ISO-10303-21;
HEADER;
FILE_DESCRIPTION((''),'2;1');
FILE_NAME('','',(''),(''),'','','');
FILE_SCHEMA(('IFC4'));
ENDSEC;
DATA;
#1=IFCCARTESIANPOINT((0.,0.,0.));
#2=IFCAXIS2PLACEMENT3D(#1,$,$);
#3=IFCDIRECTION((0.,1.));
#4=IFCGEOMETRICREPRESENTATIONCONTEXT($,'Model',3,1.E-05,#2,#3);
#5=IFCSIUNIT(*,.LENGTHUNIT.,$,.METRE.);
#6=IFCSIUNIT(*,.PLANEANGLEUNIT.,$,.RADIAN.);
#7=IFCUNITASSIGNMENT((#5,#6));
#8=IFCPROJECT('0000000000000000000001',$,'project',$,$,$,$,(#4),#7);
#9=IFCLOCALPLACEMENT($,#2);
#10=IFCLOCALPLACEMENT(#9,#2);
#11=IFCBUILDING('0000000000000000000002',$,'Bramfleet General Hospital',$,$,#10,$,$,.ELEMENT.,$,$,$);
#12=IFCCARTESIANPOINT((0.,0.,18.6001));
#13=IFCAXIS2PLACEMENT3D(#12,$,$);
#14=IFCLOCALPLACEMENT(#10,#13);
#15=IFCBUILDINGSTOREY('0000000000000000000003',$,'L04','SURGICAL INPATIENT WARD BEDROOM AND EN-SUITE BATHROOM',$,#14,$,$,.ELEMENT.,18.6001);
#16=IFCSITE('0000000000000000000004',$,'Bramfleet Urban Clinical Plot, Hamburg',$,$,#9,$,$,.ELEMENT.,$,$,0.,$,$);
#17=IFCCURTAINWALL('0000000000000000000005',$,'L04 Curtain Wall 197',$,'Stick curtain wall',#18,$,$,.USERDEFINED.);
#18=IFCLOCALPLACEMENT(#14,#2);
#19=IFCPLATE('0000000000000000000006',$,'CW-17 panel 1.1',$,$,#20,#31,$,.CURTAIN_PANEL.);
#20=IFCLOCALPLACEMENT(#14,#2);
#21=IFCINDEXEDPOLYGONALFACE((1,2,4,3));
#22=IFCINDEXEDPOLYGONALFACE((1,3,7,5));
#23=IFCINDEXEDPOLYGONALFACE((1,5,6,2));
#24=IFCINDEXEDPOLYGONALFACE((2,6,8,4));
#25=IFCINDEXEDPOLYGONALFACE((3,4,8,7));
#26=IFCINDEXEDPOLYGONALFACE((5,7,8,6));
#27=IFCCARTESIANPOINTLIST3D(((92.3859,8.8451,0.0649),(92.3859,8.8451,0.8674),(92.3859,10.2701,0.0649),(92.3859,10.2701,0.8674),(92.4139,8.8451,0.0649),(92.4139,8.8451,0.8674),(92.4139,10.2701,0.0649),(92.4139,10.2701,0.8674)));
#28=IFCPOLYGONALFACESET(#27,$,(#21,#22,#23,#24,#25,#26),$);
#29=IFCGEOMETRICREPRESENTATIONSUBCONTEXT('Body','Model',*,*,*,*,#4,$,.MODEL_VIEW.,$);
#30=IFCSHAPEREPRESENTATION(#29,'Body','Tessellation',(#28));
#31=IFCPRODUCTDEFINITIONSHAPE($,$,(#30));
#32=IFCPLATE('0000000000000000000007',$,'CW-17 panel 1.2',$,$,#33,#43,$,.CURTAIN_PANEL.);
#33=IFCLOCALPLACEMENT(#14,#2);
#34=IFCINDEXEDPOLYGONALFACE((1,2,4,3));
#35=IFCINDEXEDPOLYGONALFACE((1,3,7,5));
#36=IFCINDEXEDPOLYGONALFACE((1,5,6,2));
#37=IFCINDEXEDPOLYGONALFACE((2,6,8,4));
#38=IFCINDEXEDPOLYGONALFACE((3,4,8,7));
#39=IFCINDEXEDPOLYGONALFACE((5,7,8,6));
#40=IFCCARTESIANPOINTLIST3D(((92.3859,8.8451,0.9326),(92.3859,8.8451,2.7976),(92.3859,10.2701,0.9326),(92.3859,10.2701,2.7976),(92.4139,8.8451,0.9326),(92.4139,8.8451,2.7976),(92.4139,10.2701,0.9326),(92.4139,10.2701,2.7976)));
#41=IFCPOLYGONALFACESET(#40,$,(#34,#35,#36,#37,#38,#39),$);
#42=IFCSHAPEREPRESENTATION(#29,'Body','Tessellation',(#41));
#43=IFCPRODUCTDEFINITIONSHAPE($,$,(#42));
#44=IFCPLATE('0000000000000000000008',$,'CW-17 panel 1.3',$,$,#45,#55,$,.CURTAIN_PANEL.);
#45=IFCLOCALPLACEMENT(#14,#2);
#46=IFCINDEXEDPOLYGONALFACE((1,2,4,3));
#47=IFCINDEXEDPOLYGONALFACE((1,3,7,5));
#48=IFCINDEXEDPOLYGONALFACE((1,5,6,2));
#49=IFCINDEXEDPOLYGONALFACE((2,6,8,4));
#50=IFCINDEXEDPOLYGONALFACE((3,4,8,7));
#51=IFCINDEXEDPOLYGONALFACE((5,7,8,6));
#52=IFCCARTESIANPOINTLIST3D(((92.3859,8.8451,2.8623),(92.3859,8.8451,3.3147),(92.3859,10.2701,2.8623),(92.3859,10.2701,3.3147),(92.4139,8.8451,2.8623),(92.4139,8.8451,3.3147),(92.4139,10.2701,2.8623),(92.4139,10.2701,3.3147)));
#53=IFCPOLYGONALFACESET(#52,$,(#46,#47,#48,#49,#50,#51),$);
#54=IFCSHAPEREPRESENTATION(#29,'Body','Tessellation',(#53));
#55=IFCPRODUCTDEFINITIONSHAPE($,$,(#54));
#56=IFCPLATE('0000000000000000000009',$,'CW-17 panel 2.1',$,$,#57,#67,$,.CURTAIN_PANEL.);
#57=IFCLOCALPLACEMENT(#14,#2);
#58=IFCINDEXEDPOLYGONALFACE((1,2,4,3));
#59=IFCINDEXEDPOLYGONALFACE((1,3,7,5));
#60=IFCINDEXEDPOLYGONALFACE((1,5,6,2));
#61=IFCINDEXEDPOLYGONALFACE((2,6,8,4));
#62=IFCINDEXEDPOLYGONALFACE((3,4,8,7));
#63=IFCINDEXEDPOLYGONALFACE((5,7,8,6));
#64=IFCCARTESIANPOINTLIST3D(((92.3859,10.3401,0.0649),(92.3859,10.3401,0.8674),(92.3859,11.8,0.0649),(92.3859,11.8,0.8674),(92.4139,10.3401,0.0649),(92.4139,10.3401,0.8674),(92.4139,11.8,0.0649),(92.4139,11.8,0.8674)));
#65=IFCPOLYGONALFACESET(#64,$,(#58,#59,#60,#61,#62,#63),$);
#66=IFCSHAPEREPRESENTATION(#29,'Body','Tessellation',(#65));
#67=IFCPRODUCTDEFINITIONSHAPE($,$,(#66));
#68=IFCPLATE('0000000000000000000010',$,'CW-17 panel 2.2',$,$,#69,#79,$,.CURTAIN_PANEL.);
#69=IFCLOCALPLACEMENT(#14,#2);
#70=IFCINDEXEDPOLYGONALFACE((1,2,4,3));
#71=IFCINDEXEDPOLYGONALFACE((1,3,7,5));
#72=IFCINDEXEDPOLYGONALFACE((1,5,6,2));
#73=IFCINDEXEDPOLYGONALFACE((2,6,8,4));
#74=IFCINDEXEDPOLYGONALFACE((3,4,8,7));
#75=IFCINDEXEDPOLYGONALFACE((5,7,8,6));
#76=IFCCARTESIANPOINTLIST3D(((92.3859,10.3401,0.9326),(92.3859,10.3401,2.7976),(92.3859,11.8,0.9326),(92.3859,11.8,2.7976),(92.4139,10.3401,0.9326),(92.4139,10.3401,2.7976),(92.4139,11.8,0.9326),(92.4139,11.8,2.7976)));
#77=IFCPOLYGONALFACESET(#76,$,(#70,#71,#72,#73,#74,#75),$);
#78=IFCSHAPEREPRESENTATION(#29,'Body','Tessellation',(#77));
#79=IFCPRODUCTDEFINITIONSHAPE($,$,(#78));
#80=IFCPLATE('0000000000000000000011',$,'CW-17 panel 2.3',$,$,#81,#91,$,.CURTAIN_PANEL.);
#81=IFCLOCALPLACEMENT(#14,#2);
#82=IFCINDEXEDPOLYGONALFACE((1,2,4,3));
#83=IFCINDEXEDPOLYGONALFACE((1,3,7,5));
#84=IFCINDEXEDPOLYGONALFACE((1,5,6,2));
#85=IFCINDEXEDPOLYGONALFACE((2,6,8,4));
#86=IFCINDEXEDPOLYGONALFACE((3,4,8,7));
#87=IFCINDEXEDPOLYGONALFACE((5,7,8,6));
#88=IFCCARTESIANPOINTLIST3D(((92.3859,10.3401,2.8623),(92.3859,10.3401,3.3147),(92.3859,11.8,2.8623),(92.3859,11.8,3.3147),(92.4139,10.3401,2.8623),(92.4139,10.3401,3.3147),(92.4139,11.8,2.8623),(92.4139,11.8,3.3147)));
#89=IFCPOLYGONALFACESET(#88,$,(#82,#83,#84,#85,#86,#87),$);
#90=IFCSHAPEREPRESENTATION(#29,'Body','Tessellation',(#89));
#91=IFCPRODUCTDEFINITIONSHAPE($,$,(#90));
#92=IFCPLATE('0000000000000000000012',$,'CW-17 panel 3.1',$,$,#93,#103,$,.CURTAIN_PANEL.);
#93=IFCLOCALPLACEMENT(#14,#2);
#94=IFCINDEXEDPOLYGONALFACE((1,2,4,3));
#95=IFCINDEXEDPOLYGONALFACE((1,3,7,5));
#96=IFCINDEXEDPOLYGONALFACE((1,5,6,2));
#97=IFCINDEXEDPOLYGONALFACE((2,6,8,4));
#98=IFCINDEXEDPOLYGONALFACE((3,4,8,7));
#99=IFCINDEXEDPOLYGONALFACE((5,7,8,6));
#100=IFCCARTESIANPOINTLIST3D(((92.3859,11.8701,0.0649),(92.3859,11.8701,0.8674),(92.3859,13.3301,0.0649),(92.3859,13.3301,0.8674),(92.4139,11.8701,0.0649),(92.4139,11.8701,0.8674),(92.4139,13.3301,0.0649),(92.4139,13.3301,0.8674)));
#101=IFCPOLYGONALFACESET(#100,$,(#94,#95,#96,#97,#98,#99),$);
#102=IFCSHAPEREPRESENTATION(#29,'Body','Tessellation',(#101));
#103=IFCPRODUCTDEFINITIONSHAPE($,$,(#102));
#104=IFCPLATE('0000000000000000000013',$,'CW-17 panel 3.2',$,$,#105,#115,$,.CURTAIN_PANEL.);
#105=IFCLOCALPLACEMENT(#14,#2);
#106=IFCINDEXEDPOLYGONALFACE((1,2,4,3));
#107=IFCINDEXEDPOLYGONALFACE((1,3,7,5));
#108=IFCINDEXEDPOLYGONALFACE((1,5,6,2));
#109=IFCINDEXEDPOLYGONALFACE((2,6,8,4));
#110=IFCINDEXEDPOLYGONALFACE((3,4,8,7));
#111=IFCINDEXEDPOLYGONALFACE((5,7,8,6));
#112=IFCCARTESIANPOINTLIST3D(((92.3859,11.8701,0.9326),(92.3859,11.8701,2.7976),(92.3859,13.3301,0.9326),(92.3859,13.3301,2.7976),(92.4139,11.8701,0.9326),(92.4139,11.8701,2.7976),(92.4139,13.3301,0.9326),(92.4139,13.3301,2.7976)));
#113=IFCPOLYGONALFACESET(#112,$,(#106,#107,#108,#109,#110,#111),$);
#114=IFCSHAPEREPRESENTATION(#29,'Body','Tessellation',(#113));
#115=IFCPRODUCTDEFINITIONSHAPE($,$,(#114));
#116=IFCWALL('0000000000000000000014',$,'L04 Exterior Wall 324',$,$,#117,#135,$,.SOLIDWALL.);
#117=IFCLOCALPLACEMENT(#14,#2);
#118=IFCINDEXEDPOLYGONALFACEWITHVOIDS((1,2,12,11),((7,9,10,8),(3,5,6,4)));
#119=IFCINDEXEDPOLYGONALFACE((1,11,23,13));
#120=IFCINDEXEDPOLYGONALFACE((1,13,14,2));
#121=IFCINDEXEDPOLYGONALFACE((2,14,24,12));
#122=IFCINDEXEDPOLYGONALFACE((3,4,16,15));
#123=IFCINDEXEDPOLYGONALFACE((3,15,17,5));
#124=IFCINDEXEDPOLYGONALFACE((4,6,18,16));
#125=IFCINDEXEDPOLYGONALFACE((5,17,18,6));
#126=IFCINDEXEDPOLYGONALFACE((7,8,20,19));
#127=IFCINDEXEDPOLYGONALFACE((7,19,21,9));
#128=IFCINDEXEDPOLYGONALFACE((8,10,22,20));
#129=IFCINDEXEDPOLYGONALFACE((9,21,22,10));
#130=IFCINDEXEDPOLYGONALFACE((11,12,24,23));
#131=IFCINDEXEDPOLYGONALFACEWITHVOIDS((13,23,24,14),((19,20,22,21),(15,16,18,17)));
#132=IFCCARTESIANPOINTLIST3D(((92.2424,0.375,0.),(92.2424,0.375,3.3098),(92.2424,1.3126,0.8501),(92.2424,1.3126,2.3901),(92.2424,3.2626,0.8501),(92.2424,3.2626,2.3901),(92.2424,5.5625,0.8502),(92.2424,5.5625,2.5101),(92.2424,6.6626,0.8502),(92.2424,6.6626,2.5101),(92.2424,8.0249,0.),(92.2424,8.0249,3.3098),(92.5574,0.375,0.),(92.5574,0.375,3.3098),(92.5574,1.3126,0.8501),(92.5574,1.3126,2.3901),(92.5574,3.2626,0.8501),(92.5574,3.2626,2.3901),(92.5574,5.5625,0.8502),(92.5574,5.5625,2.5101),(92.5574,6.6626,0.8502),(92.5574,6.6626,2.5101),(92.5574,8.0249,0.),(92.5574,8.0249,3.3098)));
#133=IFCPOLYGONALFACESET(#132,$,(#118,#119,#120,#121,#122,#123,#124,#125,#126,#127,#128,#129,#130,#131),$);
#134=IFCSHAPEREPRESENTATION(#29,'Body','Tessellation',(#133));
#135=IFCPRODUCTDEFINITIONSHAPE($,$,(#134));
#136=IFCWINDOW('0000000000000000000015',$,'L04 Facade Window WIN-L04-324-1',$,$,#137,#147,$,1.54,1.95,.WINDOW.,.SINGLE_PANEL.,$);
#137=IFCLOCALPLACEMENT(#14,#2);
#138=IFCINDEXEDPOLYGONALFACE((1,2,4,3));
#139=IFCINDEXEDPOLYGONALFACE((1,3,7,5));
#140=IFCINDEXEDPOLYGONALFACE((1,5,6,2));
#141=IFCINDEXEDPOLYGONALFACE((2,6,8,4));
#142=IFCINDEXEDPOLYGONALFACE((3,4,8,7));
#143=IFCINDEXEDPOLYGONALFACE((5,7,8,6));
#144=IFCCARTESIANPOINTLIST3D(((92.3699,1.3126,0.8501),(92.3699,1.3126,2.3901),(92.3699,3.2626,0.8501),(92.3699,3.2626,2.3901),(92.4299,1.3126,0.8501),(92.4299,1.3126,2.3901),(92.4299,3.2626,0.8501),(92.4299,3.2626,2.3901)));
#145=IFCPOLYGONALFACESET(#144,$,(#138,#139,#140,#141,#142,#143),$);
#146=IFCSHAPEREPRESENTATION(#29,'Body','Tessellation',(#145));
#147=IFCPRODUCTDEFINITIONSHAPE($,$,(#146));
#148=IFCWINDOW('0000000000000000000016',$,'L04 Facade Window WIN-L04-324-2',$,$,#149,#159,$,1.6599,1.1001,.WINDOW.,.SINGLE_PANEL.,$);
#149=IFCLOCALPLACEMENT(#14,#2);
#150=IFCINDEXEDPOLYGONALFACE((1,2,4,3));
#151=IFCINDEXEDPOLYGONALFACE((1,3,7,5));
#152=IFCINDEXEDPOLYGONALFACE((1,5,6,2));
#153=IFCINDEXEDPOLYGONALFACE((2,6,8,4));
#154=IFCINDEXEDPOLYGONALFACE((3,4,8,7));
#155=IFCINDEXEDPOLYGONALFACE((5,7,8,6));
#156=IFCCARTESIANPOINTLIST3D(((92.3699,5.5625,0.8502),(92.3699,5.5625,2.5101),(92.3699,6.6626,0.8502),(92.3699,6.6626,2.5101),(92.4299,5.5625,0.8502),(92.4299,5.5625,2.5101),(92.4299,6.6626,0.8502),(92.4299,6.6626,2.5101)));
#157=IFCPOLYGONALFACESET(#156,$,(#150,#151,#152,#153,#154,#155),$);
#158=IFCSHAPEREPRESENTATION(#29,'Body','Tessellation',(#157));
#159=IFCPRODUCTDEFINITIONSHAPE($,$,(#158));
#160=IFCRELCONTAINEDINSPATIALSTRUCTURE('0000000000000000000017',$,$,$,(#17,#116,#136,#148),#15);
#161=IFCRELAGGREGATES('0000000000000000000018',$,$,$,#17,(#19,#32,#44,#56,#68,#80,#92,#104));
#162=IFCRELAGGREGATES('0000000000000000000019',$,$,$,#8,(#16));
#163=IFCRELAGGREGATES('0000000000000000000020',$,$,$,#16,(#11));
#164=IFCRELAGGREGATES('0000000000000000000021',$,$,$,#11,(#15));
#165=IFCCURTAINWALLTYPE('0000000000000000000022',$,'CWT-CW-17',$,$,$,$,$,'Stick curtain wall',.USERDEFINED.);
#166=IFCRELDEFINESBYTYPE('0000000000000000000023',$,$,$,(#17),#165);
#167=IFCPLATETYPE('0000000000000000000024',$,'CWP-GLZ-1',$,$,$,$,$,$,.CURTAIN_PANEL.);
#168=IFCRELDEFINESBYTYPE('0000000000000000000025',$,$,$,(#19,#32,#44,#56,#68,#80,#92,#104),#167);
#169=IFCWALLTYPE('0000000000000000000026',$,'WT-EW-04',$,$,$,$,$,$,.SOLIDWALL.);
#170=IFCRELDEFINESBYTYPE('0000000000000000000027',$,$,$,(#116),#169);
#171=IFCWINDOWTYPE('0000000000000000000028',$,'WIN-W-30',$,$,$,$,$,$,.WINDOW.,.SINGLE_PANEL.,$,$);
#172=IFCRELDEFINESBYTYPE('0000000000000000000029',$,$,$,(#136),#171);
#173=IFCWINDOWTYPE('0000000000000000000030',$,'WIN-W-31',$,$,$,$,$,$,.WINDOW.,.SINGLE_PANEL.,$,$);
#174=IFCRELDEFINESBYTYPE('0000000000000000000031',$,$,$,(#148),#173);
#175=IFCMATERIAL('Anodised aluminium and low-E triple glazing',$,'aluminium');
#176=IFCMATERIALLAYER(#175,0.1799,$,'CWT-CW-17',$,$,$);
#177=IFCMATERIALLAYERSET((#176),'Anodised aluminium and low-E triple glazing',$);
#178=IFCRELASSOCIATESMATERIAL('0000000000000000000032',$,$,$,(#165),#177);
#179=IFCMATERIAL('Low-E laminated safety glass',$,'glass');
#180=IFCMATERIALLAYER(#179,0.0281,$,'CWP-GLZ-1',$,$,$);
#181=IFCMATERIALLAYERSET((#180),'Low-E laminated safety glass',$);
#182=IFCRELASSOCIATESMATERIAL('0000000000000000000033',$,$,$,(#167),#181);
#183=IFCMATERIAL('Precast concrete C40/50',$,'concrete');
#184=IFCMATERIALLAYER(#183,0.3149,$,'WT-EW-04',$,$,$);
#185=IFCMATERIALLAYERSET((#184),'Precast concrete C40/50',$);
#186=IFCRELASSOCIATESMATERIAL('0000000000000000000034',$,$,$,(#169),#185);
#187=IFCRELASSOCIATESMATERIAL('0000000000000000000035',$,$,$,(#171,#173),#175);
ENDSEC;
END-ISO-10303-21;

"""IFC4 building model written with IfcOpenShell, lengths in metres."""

from ifc_helpers import new_model, si_unit, direction, frame, frame_2d, origin, origin_2d, place, context, subcontext, project, spatial, rectangle, extrude, material, layer, layer_set, type_object, element, fill, aggregate, save


model = new_model("IFC4")

# Units and contexts
model_context = context("Model", 3, precision=1e-05, world=origin(), true_north=direction((0.0, 1.0)))
body_context = subcontext(model_context, "Body", "Model", "MODEL_VIEW")
ifc_project = project(units=[si_unit("LENGTHUNIT", "METRE"), si_unit("PLANEANGLEUNIT", "RADIAN")], contexts=[model_context])

# Site, building, storey
site_placement = place(None, origin())
site = spatial("IfcSite", under=ifc_project, at=site_placement, Name="Bramfleet Urban Clinical Plot, Hamburg", CompositionType="ELEMENT", RefElevation=0.0)
building_placement = place(site_placement, origin())
building = spatial("IfcBuilding", under=site, at=building_placement, Name="Bramfleet General Hospital", CompositionType="ELEMENT")
storey_placement = place(building_placement, frame((0.0, 0.0, 18.6001)))
storey = spatial("IfcBuildingStorey", under=building, at=storey_placement, Name="L04", Description="SURGICAL INPATIENT WARD BEDROOM AND EN-SUITE BATHROOM", CompositionType="ELEMENT", Elevation=18.6001)

# Curtain wall, plates
ifc_material_1 = material(Name="Anodised aluminium and low-E triple glazing", Category="aluminium")
ifc_layer_1 = layer(ifc_material_1, 0.1799, Name="CWT-CW-17")
ifc_layer_set_1 = layer_set([ifc_layer_1], Name="Anodised aluminium and low-E triple glazing")
curtain_wall_type = type_object("IfcCurtainWallType", Name="CWT-CW-17", ElementType="Stick curtain wall", PredefinedType="USERDEFINED", material=ifc_layer_set_1)
curtain_wall_placement = place(storey_placement, origin())
curtain_wall = element("IfcCurtainWall", 1, at=curtain_wall_placement, inside=storey, type_object=curtain_wall_type, Name="L04 Curtain Wall 197", ObjectType="Stick curtain wall", PredefinedType="USERDEFINED")
ifc_material_2 = material(Name="Low-E laminated safety glass", Category="glass")
ifc_layer_2 = layer(ifc_material_2, 0.0281, Name="CWP-GLZ-1")
ifc_layer_set_2 = layer_set([ifc_layer_2], Name="Low-E laminated safety glass")
plate_type = type_object("IfcPlateType", Name="CWP-GLZ-1", PredefinedType="CURTAIN_PANEL", material=ifc_layer_set_2)
plate_1_placement = place(storey_placement, frame((92.3999, 9.5576, 0.0649), z_axis=(0.0, 0.0, 1.0), x_axis=(0.0, 1.0, 0.0)))
plate_1 = element("IfcPlate", 2, at=plate_1_placement, type_object=plate_type, Name="CW-17 panel 1.1", PredefinedType="CURTAIN_PANEL", context=body_context, shape_type="SweptSolid", body=[
    extrude(rectangle(XDim=1.425, YDim=0.0281, at=origin_2d()), origin(), (0.0, 0.0, 1.0), 0.8025),
])
plate_2_placement = place(storey_placement, frame((92.3999, 9.5576, 0.9326), z_axis=(0.0, 0.0, 1.0), x_axis=(0.0, 1.0, 0.0)))
plate_2 = element("IfcPlate", 3, at=plate_2_placement, type_object=plate_type, Name="CW-17 panel 1.2", PredefinedType="CURTAIN_PANEL", context=body_context, shape_type="SweptSolid", body=[
    extrude(rectangle(XDim=1.425, YDim=0.0281, at=origin_2d()), origin(), (0.0, 0.0, 1.0), 1.865),
])
plate_3_placement = place(storey_placement, frame((92.3999, 9.5576, 2.8623), z_axis=(0.0, 0.0, 1.0), x_axis=(0.0, 1.0, 0.0)))
plate_3 = element("IfcPlate", 4, at=plate_3_placement, type_object=plate_type, Name="CW-17 panel 1.3", PredefinedType="CURTAIN_PANEL", context=body_context, shape_type="SweptSolid", body=[
    extrude(rectangle(XDim=1.425, YDim=0.0281, at=origin_2d()), origin(), (0.0, 0.0, 1.0), 0.4524),
])
plate_4_placement = place(storey_placement, frame((92.3999, 11.0701, 0.0649), z_axis=(0.0, 0.0, 1.0), x_axis=(0.0, 1.0, 0.0)))
plate_4 = element("IfcPlate", 5, at=plate_4_placement, type_object=plate_type, Name="CW-17 panel 2.1", PredefinedType="CURTAIN_PANEL", context=body_context, shape_type="SweptSolid", body=[
    extrude(rectangle(XDim=1.46, YDim=0.0281, at=origin_2d()), origin(), (0.0, 0.0, 1.0), 0.8025),
])
plate_5_placement = place(storey_placement, frame((92.3999, 11.0701, 0.9326), z_axis=(0.0, 0.0, 1.0), x_axis=(0.0, 1.0, 0.0)))
plate_5 = element("IfcPlate", 6, at=plate_5_placement, type_object=plate_type, Name="CW-17 panel 2.2", PredefinedType="CURTAIN_PANEL", context=body_context, shape_type="SweptSolid", body=[
    extrude(rectangle(XDim=1.46, YDim=0.0281, at=origin_2d()), origin(), (0.0, 0.0, 1.0), 1.865),
])
plate_6_placement = place(storey_placement, frame((92.3999, 11.0701, 2.8623), z_axis=(0.0, 0.0, 1.0), x_axis=(0.0, 1.0, 0.0)))
plate_6 = element("IfcPlate", 7, at=plate_6_placement, type_object=plate_type, Name="CW-17 panel 2.3", PredefinedType="CURTAIN_PANEL", context=body_context, shape_type="SweptSolid", body=[
    extrude(rectangle(XDim=1.46, YDim=0.0281, at=origin_2d()), origin(), (0.0, 0.0, 1.0), 0.4524),
])
plate_7_placement = place(storey_placement, frame((92.3999, 12.6001, 0.0649), z_axis=(0.0, 0.0, 1.0), x_axis=(0.0, 1.0, 0.0)))
plate_7 = element("IfcPlate", 8, at=plate_7_placement, type_object=plate_type, Name="CW-17 panel 3.1", PredefinedType="CURTAIN_PANEL", context=body_context, shape_type="SweptSolid", body=[
    extrude(rectangle(XDim=1.46, YDim=0.0281, at=origin_2d()), origin(), (0.0, 0.0, 1.0), 0.8025),
])
plate_8_placement = place(storey_placement, frame((92.3999, 12.6001, 0.9326), z_axis=(0.0, 0.0, 1.0), x_axis=(0.0, 1.0, 0.0)))
plate_8 = element("IfcPlate", 9, at=plate_8_placement, type_object=plate_type, Name="CW-17 panel 3.2", PredefinedType="CURTAIN_PANEL", context=body_context, shape_type="SweptSolid", body=[
    extrude(rectangle(XDim=1.46, YDim=0.0281, at=origin_2d()), origin(), (0.0, 0.0, 1.0), 1.865),
])
aggregate(curtain_wall, [plate_1, plate_2, plate_3, plate_4, plate_5, plate_6, plate_7, plate_8])

# Wall, openings, windows
ifc_material_3 = material(Name="Precast concrete C40/50", Category="concrete")
ifc_layer_3 = layer(ifc_material_3, 0.3149, Name="WT-EW-04")
ifc_layer_set_3 = layer_set([ifc_layer_3], Name="Precast concrete C40/50")
wall_type = type_object("IfcWallType", Name="WT-EW-04", PredefinedType="SOLIDWALL", material=ifc_layer_set_3)
wall_placement = place(storey_placement, frame((92.3999, 0.375, 0.0), z_axis=(0.0, 0.0, 1.0), x_axis=(0.0, 1.0, 0.0)))
wall = element("IfcWall", 10, at=wall_placement, inside=storey, type_object=wall_type, Name="L04 Exterior Wall 324", PredefinedType="SOLIDWALL", context=body_context, shape_type="SweptSolid", body=[
    extrude(rectangle(XDim=7.6499, YDim=0.3149, at=frame_2d((3.825, 0.0))), origin(), (0.0, 0.0, 1.0), 3.3098),
])
opening_1_placement = place(wall_placement, frame((0.9375, 0.0, 0.8501)))
opening_1 = element("IfcOpeningElement", 11, at=opening_1_placement, cuts=wall, PredefinedType="OPENING", context=body_context, shape_type="SweptSolid", body=[
    extrude(rectangle(XDim=1.95, YDim=1.54, at=frame_2d((0.9751, 0.77))), frame((0.0, 0.1675, 0.0), z_axis=(0.0, -1.0, 0.0), x_axis=(1.0, 0.0, 0.0)), (0.0, 0.0, 1.0), 0.335),
])
opening_2_placement = place(wall_placement, frame((5.1875, 0.0, 0.8501)))
opening_2 = element("IfcOpeningElement", 12, at=opening_2_placement, cuts=wall, PredefinedType="OPENING", context=body_context, shape_type="SweptSolid", body=[
    extrude(rectangle(XDim=1.1001, YDim=1.6599, at=frame_2d((0.55, 0.8301))), frame((0.0, 0.1675, 0.0), z_axis=(0.0, -1.0, 0.0), x_axis=(1.0, 0.0, 0.0)), (0.0, 0.0, 1.0), 0.335),
])
window_type_1 = type_object("IfcWindowType", Name="WIN-W-30", PartitioningType="SINGLE_PANEL", PredefinedType="WINDOW", material=ifc_material_1)
window_1_placement = place(opening_1_placement, origin())
window_1 = element("IfcWindow", 13, at=window_1_placement, inside=storey, type_object=window_type_1, Name="L04 Facade Window WIN-L04-324-1", OverallHeight=1.54, OverallWidth=1.95, PartitioningType="SINGLE_PANEL", PredefinedType="WINDOW", context=body_context, shape_type="SweptSolid", body=[
    extrude(rectangle(XDim=1.95, YDim=1.54, at=frame_2d((0.9751, 0.77))), frame((0.0, 0.03, 0.0), z_axis=(0.0, -1.0, 0.0), x_axis=(1.0, 0.0, 0.0)), (0.0, 0.0, 1.0), 0.0601),
])
fill(opening_1, window_1)
window_type_2 = type_object("IfcWindowType", Name="WIN-W-31", PartitioningType="SINGLE_PANEL", PredefinedType="WINDOW", material=ifc_material_1)
window_2_placement = place(opening_2_placement, origin())
window_2 = element("IfcWindow", 14, at=window_2_placement, inside=storey, type_object=window_type_2, Name="L04 Facade Window WIN-L04-324-2", OverallHeight=1.6599, OverallWidth=1.1001, PartitioningType="SINGLE_PANEL", PredefinedType="WINDOW", context=body_context, shape_type="SweptSolid", body=[
    extrude(rectangle(XDim=1.1001, YDim=1.6599, at=frame_2d((0.55, 0.8301))), frame((0.0, 0.03, 0.0), z_axis=(0.0, -1.0, 0.0), x_axis=(1.0, 0.0, 0.0)), (0.0, 0.0, 1.0), 0.0601),
])
fill(opening_2, window_2)

save(model, "model.ifc")
